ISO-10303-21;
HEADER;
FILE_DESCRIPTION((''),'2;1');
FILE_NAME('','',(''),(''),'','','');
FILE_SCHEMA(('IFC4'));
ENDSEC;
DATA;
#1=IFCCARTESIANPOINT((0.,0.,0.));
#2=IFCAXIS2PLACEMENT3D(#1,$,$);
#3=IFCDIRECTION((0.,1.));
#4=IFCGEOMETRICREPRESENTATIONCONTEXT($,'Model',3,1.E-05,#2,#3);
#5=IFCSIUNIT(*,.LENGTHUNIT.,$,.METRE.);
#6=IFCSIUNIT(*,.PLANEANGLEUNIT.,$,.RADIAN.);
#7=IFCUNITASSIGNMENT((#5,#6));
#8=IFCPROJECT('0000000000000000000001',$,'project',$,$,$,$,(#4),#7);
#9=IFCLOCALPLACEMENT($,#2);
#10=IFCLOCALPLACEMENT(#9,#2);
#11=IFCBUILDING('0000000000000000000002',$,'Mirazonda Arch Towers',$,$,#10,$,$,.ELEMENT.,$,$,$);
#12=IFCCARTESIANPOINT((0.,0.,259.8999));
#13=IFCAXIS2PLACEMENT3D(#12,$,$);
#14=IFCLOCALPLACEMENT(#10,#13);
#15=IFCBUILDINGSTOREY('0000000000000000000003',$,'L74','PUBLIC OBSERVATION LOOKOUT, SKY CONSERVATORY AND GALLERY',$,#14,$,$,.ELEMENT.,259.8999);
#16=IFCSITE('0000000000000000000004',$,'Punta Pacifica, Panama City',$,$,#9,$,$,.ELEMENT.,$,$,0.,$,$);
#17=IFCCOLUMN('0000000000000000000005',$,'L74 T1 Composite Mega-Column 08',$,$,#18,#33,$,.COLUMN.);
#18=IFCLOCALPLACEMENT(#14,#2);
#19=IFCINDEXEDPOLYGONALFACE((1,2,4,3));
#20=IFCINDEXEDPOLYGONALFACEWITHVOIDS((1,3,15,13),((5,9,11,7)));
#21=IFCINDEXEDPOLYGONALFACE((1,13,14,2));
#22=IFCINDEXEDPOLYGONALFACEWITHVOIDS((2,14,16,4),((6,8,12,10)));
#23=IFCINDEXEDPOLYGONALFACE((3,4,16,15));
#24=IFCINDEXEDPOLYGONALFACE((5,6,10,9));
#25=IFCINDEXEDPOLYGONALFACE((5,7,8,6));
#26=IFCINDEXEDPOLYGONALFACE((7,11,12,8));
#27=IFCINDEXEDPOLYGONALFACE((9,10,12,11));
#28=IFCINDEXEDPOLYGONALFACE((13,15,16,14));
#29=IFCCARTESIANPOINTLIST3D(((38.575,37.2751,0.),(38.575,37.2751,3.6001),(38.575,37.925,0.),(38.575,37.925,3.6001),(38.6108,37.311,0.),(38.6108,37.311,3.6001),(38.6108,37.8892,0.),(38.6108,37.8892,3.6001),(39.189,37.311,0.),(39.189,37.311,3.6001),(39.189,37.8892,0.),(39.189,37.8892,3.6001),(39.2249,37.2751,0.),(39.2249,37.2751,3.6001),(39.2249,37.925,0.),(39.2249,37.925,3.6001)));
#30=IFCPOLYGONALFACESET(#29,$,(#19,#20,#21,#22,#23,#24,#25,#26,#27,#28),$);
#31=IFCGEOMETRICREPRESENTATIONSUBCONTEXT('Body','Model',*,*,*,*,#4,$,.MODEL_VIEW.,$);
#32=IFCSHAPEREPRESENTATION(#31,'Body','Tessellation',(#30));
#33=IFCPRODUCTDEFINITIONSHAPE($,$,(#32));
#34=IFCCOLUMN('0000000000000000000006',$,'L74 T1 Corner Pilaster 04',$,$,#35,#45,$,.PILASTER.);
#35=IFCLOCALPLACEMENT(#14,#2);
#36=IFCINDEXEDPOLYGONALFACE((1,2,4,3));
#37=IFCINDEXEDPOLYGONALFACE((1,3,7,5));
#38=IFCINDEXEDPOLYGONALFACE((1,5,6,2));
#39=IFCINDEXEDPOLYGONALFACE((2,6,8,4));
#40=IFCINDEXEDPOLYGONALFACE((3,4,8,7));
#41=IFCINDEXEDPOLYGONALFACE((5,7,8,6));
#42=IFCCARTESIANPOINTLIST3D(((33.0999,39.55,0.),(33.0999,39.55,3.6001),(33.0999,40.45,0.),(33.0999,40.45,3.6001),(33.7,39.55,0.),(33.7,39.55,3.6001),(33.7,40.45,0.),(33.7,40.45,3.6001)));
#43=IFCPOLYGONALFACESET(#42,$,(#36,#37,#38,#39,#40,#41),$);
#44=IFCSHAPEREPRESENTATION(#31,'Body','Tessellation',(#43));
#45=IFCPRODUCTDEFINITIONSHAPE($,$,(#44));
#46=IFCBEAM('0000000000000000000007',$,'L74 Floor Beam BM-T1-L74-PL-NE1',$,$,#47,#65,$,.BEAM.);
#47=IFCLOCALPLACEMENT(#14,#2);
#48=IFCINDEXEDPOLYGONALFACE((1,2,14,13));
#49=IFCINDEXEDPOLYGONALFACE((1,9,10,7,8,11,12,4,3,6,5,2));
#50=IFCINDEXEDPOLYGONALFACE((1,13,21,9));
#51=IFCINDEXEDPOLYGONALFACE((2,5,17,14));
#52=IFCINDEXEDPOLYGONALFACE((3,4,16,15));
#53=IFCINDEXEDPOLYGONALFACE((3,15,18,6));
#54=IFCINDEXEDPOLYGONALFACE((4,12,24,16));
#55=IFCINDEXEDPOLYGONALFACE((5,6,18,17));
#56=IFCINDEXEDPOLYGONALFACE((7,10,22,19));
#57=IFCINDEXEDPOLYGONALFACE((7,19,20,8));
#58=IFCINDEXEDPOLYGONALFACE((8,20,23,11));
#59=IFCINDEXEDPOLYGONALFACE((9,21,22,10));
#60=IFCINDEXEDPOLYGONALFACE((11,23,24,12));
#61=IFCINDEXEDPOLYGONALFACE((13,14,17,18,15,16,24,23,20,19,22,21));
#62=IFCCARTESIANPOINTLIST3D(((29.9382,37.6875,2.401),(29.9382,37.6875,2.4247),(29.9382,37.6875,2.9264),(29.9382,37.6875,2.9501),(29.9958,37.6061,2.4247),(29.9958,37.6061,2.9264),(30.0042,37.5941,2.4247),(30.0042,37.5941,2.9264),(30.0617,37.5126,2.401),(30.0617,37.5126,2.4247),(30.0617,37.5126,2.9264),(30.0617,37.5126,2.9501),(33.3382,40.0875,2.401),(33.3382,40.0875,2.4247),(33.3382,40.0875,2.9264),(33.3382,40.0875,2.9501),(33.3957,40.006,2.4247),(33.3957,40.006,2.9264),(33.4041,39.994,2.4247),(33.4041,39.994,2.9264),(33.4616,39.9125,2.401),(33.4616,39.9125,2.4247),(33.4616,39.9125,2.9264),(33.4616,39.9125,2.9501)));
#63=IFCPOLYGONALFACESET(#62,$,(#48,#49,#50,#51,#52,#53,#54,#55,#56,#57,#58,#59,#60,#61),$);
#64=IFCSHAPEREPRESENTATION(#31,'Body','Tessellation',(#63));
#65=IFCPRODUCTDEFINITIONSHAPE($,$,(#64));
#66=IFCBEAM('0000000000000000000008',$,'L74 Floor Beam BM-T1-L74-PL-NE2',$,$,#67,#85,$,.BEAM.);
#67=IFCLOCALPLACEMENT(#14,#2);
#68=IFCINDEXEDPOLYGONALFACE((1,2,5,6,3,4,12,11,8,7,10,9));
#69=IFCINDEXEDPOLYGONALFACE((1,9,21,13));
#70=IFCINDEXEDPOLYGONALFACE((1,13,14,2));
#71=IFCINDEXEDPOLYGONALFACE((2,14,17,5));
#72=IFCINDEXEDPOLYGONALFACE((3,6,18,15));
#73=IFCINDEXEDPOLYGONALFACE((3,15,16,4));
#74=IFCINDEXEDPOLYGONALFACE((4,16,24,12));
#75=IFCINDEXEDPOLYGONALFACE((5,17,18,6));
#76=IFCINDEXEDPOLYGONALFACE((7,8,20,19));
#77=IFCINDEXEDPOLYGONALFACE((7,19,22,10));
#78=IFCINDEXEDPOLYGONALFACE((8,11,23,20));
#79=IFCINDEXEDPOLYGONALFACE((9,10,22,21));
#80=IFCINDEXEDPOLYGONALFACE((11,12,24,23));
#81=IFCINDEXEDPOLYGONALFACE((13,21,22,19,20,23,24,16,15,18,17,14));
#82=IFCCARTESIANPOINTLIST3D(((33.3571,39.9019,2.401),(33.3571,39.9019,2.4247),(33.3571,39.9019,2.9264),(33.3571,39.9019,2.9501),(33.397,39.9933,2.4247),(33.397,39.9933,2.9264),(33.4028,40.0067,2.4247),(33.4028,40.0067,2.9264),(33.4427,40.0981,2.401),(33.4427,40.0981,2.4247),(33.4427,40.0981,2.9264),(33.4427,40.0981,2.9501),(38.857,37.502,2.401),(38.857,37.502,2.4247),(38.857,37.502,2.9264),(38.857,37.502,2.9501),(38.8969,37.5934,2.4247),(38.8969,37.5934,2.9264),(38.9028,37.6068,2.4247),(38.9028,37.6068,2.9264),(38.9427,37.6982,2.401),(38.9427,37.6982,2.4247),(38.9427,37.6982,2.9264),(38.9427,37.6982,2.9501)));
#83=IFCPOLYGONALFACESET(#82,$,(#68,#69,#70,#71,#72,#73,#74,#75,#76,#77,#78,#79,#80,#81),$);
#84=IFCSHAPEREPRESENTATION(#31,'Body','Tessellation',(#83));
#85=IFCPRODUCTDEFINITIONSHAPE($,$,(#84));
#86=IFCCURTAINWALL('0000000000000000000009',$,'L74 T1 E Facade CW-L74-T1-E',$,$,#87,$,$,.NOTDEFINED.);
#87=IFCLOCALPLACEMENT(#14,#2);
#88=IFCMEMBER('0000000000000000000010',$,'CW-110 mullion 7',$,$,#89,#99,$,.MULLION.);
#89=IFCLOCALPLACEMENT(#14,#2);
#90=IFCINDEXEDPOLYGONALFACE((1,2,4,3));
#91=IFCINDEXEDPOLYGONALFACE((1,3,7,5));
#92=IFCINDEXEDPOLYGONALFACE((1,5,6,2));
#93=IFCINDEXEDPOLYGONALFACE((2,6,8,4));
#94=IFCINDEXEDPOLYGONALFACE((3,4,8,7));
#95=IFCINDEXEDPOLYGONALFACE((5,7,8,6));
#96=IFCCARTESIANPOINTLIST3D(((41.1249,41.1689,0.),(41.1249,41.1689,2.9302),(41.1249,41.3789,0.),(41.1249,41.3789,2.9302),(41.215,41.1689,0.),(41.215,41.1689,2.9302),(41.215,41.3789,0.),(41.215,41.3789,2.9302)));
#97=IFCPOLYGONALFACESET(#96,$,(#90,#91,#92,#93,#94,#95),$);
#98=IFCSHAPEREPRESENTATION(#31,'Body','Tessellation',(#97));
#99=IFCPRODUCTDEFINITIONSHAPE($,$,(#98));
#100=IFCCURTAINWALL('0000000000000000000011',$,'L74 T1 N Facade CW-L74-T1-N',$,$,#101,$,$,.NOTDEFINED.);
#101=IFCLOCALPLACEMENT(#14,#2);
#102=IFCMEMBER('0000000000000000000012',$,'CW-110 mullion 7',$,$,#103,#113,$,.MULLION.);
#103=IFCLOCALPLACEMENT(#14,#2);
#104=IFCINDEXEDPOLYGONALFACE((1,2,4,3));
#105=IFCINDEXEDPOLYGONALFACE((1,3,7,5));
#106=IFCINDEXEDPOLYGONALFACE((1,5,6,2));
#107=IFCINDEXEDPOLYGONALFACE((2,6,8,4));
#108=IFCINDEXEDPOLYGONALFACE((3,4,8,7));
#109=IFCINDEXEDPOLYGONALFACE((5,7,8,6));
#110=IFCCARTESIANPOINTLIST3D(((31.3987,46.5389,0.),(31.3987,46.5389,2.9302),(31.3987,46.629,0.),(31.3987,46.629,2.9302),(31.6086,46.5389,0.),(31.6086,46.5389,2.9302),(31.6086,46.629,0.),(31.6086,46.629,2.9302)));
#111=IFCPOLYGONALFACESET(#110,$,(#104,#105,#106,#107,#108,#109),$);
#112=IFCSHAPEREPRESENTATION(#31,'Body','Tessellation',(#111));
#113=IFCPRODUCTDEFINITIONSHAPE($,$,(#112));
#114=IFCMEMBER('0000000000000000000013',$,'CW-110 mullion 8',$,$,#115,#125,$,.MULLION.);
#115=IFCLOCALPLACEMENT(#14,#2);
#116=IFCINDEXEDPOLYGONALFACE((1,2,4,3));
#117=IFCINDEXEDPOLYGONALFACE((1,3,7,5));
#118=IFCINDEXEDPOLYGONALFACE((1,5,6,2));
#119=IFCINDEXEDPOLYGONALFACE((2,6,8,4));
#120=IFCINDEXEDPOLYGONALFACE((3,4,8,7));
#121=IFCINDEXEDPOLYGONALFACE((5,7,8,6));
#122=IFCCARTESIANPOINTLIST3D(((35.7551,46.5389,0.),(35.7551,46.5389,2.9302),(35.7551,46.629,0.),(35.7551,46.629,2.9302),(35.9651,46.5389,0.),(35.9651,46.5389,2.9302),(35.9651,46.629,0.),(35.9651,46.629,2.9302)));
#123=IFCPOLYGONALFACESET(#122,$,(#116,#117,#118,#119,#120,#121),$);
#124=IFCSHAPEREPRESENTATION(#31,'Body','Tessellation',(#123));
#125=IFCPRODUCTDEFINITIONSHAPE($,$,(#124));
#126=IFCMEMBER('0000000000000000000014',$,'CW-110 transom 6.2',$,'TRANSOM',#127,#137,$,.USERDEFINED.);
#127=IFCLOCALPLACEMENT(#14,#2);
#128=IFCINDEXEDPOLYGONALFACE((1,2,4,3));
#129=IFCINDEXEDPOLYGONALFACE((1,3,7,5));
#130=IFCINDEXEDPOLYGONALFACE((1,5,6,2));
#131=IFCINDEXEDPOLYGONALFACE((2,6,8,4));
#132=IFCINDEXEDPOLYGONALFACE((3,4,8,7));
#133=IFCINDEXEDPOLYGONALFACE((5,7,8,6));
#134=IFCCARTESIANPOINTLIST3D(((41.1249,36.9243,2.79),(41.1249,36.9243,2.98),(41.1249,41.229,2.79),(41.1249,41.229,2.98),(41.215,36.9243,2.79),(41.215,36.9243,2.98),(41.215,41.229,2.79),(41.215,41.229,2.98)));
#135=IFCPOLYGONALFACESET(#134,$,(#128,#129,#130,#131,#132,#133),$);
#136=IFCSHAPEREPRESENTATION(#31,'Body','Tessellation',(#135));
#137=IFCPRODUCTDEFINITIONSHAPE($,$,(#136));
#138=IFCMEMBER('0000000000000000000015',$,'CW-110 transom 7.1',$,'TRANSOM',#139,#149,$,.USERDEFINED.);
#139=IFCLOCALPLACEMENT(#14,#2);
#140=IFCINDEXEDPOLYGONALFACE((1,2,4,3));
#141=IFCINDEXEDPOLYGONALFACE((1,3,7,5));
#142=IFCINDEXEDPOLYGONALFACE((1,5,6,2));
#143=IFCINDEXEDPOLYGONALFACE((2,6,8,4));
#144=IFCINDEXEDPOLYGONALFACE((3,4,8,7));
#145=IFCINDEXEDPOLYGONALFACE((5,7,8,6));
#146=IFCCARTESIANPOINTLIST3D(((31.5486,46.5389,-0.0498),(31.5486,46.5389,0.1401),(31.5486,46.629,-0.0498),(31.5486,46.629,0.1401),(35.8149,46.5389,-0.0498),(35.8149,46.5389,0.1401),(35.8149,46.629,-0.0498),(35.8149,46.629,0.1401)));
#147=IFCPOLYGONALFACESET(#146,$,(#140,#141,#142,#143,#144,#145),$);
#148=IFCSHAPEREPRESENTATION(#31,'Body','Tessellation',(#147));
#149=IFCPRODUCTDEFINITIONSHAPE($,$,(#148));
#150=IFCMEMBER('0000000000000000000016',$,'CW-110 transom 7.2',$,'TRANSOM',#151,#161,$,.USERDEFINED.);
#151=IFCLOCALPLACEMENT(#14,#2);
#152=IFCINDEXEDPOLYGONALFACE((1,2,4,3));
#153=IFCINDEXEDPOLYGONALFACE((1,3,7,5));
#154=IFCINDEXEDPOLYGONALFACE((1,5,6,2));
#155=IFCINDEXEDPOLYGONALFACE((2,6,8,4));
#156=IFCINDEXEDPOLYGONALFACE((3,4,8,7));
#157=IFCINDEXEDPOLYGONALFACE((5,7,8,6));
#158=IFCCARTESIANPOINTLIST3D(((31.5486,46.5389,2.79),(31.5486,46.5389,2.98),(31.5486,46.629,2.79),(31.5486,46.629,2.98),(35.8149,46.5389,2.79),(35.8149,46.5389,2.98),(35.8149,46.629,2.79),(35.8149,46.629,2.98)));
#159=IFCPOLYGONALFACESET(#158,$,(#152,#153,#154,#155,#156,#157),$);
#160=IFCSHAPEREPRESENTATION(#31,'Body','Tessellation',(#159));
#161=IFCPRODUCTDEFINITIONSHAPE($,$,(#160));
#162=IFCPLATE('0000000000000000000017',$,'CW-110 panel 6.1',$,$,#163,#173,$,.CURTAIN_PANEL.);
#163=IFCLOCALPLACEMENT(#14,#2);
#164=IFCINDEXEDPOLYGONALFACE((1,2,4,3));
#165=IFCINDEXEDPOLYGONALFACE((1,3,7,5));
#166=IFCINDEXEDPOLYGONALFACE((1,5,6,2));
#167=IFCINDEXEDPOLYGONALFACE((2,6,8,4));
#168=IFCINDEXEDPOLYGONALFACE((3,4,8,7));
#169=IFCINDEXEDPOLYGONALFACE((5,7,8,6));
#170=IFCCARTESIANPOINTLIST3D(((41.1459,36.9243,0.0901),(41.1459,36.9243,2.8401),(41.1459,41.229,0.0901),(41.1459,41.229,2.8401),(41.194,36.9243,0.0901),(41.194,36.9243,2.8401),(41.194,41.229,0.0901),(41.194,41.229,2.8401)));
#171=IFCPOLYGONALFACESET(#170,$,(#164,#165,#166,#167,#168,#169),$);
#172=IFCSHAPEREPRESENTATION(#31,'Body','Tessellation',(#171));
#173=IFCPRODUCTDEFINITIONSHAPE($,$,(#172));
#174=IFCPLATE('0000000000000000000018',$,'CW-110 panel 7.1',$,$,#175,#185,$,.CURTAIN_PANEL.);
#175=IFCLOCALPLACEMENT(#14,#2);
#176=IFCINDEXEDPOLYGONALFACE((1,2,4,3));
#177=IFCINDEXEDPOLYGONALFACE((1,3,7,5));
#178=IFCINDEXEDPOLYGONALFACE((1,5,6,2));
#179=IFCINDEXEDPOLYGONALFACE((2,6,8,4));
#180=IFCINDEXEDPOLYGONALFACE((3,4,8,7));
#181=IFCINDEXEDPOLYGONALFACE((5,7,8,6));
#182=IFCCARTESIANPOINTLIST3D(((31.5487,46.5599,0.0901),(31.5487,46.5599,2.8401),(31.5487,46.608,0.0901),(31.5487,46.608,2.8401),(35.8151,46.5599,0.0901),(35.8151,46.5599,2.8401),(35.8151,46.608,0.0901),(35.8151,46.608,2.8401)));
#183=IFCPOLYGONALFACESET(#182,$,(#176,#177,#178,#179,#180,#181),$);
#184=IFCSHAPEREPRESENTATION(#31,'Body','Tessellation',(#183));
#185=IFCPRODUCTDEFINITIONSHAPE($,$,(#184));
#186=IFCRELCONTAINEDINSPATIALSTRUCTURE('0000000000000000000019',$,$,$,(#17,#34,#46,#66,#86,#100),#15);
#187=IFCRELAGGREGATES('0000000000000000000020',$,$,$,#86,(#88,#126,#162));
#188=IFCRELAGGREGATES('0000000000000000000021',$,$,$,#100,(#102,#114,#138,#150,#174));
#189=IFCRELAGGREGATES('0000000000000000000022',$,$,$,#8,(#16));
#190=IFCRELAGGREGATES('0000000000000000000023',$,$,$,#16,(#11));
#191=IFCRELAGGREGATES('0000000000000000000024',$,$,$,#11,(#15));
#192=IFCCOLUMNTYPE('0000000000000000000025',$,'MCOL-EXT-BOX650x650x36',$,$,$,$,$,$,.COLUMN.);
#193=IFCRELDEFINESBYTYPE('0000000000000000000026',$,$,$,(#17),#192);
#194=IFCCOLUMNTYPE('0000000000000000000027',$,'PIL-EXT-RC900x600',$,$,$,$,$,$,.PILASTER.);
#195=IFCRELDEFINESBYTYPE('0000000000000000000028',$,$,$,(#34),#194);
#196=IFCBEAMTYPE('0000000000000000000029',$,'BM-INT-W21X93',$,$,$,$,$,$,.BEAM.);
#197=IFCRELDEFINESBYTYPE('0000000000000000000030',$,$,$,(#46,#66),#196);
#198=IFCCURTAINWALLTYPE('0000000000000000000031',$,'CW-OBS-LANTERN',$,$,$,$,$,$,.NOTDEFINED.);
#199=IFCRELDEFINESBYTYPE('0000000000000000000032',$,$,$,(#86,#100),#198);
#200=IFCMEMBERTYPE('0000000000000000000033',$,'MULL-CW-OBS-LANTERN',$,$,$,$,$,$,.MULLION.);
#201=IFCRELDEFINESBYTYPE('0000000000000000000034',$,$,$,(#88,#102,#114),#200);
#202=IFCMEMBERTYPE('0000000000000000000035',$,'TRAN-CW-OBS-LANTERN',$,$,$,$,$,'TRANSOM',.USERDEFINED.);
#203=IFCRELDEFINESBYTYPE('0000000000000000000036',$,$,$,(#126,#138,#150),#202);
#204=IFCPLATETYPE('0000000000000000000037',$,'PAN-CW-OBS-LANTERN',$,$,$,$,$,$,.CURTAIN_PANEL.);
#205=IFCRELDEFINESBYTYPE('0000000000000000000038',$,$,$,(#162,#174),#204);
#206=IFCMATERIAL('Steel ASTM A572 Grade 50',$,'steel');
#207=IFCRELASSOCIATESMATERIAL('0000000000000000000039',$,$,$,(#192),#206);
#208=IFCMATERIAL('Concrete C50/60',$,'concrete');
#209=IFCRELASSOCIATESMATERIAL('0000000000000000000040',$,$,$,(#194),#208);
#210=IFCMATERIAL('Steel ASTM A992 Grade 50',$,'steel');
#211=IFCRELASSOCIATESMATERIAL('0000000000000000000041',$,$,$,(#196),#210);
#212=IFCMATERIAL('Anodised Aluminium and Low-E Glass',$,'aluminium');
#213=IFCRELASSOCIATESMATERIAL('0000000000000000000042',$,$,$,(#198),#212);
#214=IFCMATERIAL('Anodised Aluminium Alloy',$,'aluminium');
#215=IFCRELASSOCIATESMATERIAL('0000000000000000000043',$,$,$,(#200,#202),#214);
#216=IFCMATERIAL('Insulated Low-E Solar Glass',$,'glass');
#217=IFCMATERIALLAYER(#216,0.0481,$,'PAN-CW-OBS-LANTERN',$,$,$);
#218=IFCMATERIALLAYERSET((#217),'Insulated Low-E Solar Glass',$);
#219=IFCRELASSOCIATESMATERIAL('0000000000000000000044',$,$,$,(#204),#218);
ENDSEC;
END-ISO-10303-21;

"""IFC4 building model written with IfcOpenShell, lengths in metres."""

from ifc_helpers import new_model, si_unit, direction, frame, origin, origin_2d, place, context, subcontext, project, spatial, rectangle, hollow_rectangle, i_section, extrude, material, layer, layer_set, material_profile, profile_set, type_object, element, aggregate, save


model = new_model("IFC4")

# Units and contexts
model_context = context("Model", 3, precision=1e-05, world=origin(), true_north=direction((0.0, 1.0)))
body_context = subcontext(model_context, "Body", "Model", "MODEL_VIEW")
ifc_project = project(units=[si_unit("LENGTHUNIT", "METRE"), si_unit("PLANEANGLEUNIT", "RADIAN")], contexts=[model_context])

# Site, building, storey
site_placement = place(None, origin())
site = spatial("IfcSite", under=ifc_project, at=site_placement, Name="Punta Pacifica, Panama City", CompositionType="ELEMENT", RefElevation=0.0)
building_placement = place(site_placement, origin())
building = spatial("IfcBuilding", under=site, at=building_placement, Name="Mirazonda Arch Towers", CompositionType="ELEMENT")
storey_placement = place(building_placement, frame((0.0, 0.0, 259.8999)))
storey = spatial("IfcBuildingStorey", under=building, at=storey_placement, Name="L74", Description="PUBLIC OBSERVATION LOOKOUT, SKY CONSERVATORY AND GALLERY", CompositionType="ELEMENT", Elevation=259.8999)

# Columns
ifc_material_1 = material(Name="Steel ASTM A572 Grade 50", Category="steel")
ifc_material_profile_1 = material_profile(ifc_material_1, hollow_rectangle(XDim=0.6499, YDim=0.6499, WallThickness=0.0359, at=origin_2d()), Name="BOX650x650x36")
ifc_profile_set_1 = profile_set([ifc_material_profile_1], Name="Steel ASTM A572 Grade 50")
column_type_1 = type_object("IfcColumnType", Name="MCOL-EXT-BOX650x650x36", PredefinedType="COLUMN", material=ifc_profile_set_1)
column_1_placement = place(storey_placement, frame((38.8999, 37.6001, 0.0), z_axis=(0.0, 0.0, 1.0), x_axis=(1.0, 0.0, 0.0)))
element("IfcColumn", 1, at=column_1_placement, inside=storey, type_object=column_type_1, Name="L74 T1 Composite Mega-Column 08", PredefinedType="COLUMN", context=body_context, shape_type="SweptSolid", body=[
    extrude(hollow_rectangle(XDim=0.6499, YDim=0.6499, WallThickness=0.0359, at=origin_2d()), origin(), (0.0, 0.0, 1.0), 3.6001),
])
ifc_material_2 = material(Name="Concrete C50/60", Category="concrete")
ifc_material_profile_2 = material_profile(ifc_material_2, rectangle(XDim=0.6001, YDim=0.8999, at=origin_2d()), Name="RC900x600")
ifc_profile_set_2 = profile_set([ifc_material_profile_2], Name="Concrete C50/60")
column_type_2 = type_object("IfcColumnType", Name="PIL-EXT-RC900x600", PredefinedType="PILASTER", material=ifc_profile_set_2)
column_2_placement = place(storey_placement, frame((33.3999, 40.0, 0.0), z_axis=(0.0, 0.0, 1.0), x_axis=(1.0, 0.0, 0.0)))
element("IfcColumn", 2, at=column_2_placement, inside=storey, type_object=column_type_2, Name="L74 T1 Corner Pilaster 04", PredefinedType="PILASTER", context=body_context, shape_type="SweptSolid", body=[
    extrude(rectangle(XDim=0.6001, YDim=0.8999, at=origin_2d()), origin(), (0.0, 0.0, 1.0), 3.6001),
])

# Beams
ifc_material_3 = material(Name="Steel ASTM A992 Grade 50", Category="steel")
ifc_material_profile_3 = material_profile(ifc_material_3, i_section(OverallWidth=0.2141, OverallDepth=0.5491, WebThickness=0.0146, FlangeThickness=0.0237, at=origin_2d()), Name="W21X93")
ifc_profile_set_3 = profile_set([ifc_material_profile_3], Name="Steel ASTM A992 Grade 50")
beam_type = type_object("IfcBeamType", Name="BM-INT-W21X93", PredefinedType="BEAM", material=ifc_profile_set_3)
beam_1_placement = place(storey_placement, frame((33.3999, 40.0, 2.6755), z_axis=(-0.816971, -0.576679, 0.0), x_axis=(0.576679, -0.816971, 0.0)))
element("IfcBeam", 3, at=beam_1_placement, inside=storey, type_object=beam_type, Name="L74 Floor Beam BM-T1-L74-PL-NE1", PredefinedType="BEAM", context=body_context, shape_type="SweptSolid", body=[
    extrude(i_section(OverallWidth=0.2141, OverallDepth=0.5491, WebThickness=0.0146, FlangeThickness=0.0237, at=origin_2d()), origin(), (0.0, 0.0, 1.0), 4.1616),
])
beam_2_placement = place(storey_placement, frame((33.3999, 40.0, 2.6755), z_axis=(0.916545, -0.399931, 0.0), x_axis=(0.399931, 0.916545, 0.0)))
element("IfcBeam", 4, at=beam_2_placement, inside=storey, type_object=beam_type, Name="L74 Floor Beam BM-T1-L74-PL-NE2", PredefinedType="BEAM", context=body_context, shape_type="SweptSolid", body=[
    extrude(i_section(OverallWidth=0.2141, OverallDepth=0.5491, WebThickness=0.0146, FlangeThickness=0.0237, at=origin_2d()), origin(), (0.0, 0.0, 1.0), 6.0007),
])

# Curtain wall, member
ifc_material_4 = material(Name="Anodised Aluminium and Low-E Glass", Category="aluminium")
curtain_wall_type = type_object("IfcCurtainWallType", Name="CW-OBS-LANTERN", PredefinedType="NOTDEFINED", material=ifc_material_4)
curtain_wall_1_placement = place(storey_placement, origin())
curtain_wall_1 = element("IfcCurtainWall", 5, at=curtain_wall_1_placement, inside=storey, type_object=curtain_wall_type, Name="L74 T1 E Facade CW-L74-T1-E", PredefinedType="NOTDEFINED")
ifc_material_5 = material(Name="Anodised Aluminium Alloy", Category="aluminium")
ifc_material_profile_4 = material_profile(ifc_material_5, rectangle(XDim=0.0901, YDim=0.21, at=origin_2d()), Name="ALU-MULL-90x210")
ifc_profile_set_4 = profile_set([ifc_material_profile_4], Name="Anodised Aluminium Alloy")
member_type_1 = type_object("IfcMemberType", Name="MULL-CW-OBS-LANTERN", PredefinedType="MULLION", material=ifc_profile_set_4)
member_1_placement = place(storey_placement, frame((41.1699, 41.2739, 0.0), z_axis=(0.0, 0.0, 1.0), x_axis=(-1.0, 0.0, 0.0)))
member_1 = element("IfcMember", 6, at=member_1_placement, type_object=member_type_1, Name="CW-110 mullion 7", PredefinedType="MULLION", context=body_context, shape_type="SweptSolid", body=[
    extrude(rectangle(XDim=0.0901, YDim=0.21, at=origin_2d()), origin(), (0.0, 0.0, 1.0), 2.9302),
])

# Curtain wall, members
curtain_wall_2_placement = place(storey_placement, origin())
curtain_wall_2 = element("IfcCurtainWall", 7, at=curtain_wall_2_placement, inside=storey, type_object=curtain_wall_type, Name="L74 T1 N Facade CW-L74-T1-N", PredefinedType="NOTDEFINED")
member_2_placement = place(storey_placement, frame((31.5037, 46.584, 0.0), z_axis=(0.0, 0.0, 1.0), x_axis=(0.0, 1.0, 0.0)))
member_2 = element("IfcMember", 8, at=member_2_placement, type_object=member_type_1, Name="CW-110 mullion 7", PredefinedType="MULLION", context=body_context, shape_type="SweptSolid", body=[
    extrude(rectangle(XDim=0.0901, YDim=0.21, at=origin_2d()), origin(), (0.0, 0.0, 1.0), 2.9302),
])
member_3_placement = place(storey_placement, frame((35.8601, 46.584, 0.0), z_axis=(0.0, 0.0, 1.0), x_axis=(0.0, 1.0, 0.0)))
member_3 = element("IfcMember", 9, at=member_3_placement, type_object=member_type_1, Name="CW-110 mullion 8", PredefinedType="MULLION", context=body_context, shape_type="SweptSolid", body=[
    extrude(rectangle(XDim=0.0901, YDim=0.21, at=origin_2d()), origin(), (0.0, 0.0, 1.0), 2.9302),
])

# Members
ifc_material_profile_5 = material_profile(ifc_material_5, rectangle(XDim=0.0901, YDim=0.1899, at=origin_2d()), Name="ALU-TRAN-90x190")
ifc_profile_set_5 = profile_set([ifc_material_profile_5], Name="Anodised Aluminium Alloy")
member_type_2 = type_object("IfcMemberType", Name="TRAN-CW-OBS-LANTERN", ElementType="TRANSOM", PredefinedType="USERDEFINED", material=ifc_profile_set_5)
member_4_placement = place(storey_placement, frame((41.1699, 36.9243, 2.885), z_axis=(0.0, 1.0, 0.0), x_axis=(-1.0, 0.0, 0.0)))
member_4 = element("IfcMember", 10, at=member_4_placement, type_object=member_type_2, Name="CW-110 transom 6.2", ObjectType="TRANSOM", PredefinedType="USERDEFINED", context=body_context, shape_type="SweptSolid", body=[
    extrude(rectangle(XDim=0.0901, YDim=0.1899, at=origin_2d()), origin(), (0.0, 0.0, 1.0), 4.3047),
])
member_5_placement = place(storey_placement, frame((31.5486, 46.584, 0.0452), z_axis=(1.0, 0.0, 0.0), x_axis=(0.0, 1.0, 0.0)))
member_5 = element("IfcMember", 11, at=member_5_placement, type_object=member_type_2, Name="CW-110 transom 7.1", ObjectType="TRANSOM", PredefinedType="USERDEFINED", context=body_context, shape_type="SweptSolid", body=[
    extrude(rectangle(XDim=0.0901, YDim=0.1899, at=origin_2d()), origin(), (0.0, 0.0, 1.0), 4.2664),
])
member_6_placement = place(storey_placement, frame((31.5486, 46.584, 2.885), z_axis=(1.0, 0.0, 0.0), x_axis=(0.0, 1.0, 0.0)))
member_6 = element("IfcMember", 12, at=member_6_placement, type_object=member_type_2, Name="CW-110 transom 7.2", ObjectType="TRANSOM", PredefinedType="USERDEFINED", context=body_context, shape_type="SweptSolid", body=[
    extrude(rectangle(XDim=0.0901, YDim=0.1899, at=origin_2d()), origin(), (0.0, 0.0, 1.0), 4.2664),
])

# Plates
ifc_material_6 = material(Name="Insulated Low-E Solar Glass", Category="glass")
ifc_layer_1 = layer(ifc_material_6, 0.0481, Name="PAN-CW-OBS-LANTERN")
ifc_layer_set_1 = layer_set([ifc_layer_1], Name="Insulated Low-E Solar Glass")
plate_type = type_object("IfcPlateType", Name="PAN-CW-OBS-LANTERN", PredefinedType="CURTAIN_PANEL", material=ifc_layer_set_1)
plate_1_placement = place(storey_placement, frame((41.1699, 39.0767, 0.0901), z_axis=(0.0, 0.0, 1.0), x_axis=(0.0, 1.0, 0.0)))
plate_1 = element("IfcPlate", 13, at=plate_1_placement, type_object=plate_type, Name="CW-110 panel 6.1", PredefinedType="CURTAIN_PANEL", context=body_context, shape_type="SweptSolid", body=[
    extrude(rectangle(XDim=4.3047, YDim=0.0481, at=origin_2d()), origin(), (0.0, 0.0, 1.0), 2.75),
])
aggregate(curtain_wall_1, [member_1, member_4, plate_1])
plate_2_placement = place(storey_placement, frame((33.6819, 46.584, 0.0901), z_axis=(0.0, 0.0, 1.0), x_axis=(1.0, 0.0, 0.0)))
plate_2 = element("IfcPlate", 14, at=plate_2_placement, type_object=plate_type, Name="CW-110 panel 7.1", PredefinedType="CURTAIN_PANEL", context=body_context, shape_type="SweptSolid", body=[
    extrude(rectangle(XDim=4.2664, YDim=0.0481, at=origin_2d()), origin(), (0.0, 0.0, 1.0), 2.75),
])
aggregate(curtain_wall_2, [member_2, member_3, member_5, member_6, plate_2])

save(model, "model.ifc")
